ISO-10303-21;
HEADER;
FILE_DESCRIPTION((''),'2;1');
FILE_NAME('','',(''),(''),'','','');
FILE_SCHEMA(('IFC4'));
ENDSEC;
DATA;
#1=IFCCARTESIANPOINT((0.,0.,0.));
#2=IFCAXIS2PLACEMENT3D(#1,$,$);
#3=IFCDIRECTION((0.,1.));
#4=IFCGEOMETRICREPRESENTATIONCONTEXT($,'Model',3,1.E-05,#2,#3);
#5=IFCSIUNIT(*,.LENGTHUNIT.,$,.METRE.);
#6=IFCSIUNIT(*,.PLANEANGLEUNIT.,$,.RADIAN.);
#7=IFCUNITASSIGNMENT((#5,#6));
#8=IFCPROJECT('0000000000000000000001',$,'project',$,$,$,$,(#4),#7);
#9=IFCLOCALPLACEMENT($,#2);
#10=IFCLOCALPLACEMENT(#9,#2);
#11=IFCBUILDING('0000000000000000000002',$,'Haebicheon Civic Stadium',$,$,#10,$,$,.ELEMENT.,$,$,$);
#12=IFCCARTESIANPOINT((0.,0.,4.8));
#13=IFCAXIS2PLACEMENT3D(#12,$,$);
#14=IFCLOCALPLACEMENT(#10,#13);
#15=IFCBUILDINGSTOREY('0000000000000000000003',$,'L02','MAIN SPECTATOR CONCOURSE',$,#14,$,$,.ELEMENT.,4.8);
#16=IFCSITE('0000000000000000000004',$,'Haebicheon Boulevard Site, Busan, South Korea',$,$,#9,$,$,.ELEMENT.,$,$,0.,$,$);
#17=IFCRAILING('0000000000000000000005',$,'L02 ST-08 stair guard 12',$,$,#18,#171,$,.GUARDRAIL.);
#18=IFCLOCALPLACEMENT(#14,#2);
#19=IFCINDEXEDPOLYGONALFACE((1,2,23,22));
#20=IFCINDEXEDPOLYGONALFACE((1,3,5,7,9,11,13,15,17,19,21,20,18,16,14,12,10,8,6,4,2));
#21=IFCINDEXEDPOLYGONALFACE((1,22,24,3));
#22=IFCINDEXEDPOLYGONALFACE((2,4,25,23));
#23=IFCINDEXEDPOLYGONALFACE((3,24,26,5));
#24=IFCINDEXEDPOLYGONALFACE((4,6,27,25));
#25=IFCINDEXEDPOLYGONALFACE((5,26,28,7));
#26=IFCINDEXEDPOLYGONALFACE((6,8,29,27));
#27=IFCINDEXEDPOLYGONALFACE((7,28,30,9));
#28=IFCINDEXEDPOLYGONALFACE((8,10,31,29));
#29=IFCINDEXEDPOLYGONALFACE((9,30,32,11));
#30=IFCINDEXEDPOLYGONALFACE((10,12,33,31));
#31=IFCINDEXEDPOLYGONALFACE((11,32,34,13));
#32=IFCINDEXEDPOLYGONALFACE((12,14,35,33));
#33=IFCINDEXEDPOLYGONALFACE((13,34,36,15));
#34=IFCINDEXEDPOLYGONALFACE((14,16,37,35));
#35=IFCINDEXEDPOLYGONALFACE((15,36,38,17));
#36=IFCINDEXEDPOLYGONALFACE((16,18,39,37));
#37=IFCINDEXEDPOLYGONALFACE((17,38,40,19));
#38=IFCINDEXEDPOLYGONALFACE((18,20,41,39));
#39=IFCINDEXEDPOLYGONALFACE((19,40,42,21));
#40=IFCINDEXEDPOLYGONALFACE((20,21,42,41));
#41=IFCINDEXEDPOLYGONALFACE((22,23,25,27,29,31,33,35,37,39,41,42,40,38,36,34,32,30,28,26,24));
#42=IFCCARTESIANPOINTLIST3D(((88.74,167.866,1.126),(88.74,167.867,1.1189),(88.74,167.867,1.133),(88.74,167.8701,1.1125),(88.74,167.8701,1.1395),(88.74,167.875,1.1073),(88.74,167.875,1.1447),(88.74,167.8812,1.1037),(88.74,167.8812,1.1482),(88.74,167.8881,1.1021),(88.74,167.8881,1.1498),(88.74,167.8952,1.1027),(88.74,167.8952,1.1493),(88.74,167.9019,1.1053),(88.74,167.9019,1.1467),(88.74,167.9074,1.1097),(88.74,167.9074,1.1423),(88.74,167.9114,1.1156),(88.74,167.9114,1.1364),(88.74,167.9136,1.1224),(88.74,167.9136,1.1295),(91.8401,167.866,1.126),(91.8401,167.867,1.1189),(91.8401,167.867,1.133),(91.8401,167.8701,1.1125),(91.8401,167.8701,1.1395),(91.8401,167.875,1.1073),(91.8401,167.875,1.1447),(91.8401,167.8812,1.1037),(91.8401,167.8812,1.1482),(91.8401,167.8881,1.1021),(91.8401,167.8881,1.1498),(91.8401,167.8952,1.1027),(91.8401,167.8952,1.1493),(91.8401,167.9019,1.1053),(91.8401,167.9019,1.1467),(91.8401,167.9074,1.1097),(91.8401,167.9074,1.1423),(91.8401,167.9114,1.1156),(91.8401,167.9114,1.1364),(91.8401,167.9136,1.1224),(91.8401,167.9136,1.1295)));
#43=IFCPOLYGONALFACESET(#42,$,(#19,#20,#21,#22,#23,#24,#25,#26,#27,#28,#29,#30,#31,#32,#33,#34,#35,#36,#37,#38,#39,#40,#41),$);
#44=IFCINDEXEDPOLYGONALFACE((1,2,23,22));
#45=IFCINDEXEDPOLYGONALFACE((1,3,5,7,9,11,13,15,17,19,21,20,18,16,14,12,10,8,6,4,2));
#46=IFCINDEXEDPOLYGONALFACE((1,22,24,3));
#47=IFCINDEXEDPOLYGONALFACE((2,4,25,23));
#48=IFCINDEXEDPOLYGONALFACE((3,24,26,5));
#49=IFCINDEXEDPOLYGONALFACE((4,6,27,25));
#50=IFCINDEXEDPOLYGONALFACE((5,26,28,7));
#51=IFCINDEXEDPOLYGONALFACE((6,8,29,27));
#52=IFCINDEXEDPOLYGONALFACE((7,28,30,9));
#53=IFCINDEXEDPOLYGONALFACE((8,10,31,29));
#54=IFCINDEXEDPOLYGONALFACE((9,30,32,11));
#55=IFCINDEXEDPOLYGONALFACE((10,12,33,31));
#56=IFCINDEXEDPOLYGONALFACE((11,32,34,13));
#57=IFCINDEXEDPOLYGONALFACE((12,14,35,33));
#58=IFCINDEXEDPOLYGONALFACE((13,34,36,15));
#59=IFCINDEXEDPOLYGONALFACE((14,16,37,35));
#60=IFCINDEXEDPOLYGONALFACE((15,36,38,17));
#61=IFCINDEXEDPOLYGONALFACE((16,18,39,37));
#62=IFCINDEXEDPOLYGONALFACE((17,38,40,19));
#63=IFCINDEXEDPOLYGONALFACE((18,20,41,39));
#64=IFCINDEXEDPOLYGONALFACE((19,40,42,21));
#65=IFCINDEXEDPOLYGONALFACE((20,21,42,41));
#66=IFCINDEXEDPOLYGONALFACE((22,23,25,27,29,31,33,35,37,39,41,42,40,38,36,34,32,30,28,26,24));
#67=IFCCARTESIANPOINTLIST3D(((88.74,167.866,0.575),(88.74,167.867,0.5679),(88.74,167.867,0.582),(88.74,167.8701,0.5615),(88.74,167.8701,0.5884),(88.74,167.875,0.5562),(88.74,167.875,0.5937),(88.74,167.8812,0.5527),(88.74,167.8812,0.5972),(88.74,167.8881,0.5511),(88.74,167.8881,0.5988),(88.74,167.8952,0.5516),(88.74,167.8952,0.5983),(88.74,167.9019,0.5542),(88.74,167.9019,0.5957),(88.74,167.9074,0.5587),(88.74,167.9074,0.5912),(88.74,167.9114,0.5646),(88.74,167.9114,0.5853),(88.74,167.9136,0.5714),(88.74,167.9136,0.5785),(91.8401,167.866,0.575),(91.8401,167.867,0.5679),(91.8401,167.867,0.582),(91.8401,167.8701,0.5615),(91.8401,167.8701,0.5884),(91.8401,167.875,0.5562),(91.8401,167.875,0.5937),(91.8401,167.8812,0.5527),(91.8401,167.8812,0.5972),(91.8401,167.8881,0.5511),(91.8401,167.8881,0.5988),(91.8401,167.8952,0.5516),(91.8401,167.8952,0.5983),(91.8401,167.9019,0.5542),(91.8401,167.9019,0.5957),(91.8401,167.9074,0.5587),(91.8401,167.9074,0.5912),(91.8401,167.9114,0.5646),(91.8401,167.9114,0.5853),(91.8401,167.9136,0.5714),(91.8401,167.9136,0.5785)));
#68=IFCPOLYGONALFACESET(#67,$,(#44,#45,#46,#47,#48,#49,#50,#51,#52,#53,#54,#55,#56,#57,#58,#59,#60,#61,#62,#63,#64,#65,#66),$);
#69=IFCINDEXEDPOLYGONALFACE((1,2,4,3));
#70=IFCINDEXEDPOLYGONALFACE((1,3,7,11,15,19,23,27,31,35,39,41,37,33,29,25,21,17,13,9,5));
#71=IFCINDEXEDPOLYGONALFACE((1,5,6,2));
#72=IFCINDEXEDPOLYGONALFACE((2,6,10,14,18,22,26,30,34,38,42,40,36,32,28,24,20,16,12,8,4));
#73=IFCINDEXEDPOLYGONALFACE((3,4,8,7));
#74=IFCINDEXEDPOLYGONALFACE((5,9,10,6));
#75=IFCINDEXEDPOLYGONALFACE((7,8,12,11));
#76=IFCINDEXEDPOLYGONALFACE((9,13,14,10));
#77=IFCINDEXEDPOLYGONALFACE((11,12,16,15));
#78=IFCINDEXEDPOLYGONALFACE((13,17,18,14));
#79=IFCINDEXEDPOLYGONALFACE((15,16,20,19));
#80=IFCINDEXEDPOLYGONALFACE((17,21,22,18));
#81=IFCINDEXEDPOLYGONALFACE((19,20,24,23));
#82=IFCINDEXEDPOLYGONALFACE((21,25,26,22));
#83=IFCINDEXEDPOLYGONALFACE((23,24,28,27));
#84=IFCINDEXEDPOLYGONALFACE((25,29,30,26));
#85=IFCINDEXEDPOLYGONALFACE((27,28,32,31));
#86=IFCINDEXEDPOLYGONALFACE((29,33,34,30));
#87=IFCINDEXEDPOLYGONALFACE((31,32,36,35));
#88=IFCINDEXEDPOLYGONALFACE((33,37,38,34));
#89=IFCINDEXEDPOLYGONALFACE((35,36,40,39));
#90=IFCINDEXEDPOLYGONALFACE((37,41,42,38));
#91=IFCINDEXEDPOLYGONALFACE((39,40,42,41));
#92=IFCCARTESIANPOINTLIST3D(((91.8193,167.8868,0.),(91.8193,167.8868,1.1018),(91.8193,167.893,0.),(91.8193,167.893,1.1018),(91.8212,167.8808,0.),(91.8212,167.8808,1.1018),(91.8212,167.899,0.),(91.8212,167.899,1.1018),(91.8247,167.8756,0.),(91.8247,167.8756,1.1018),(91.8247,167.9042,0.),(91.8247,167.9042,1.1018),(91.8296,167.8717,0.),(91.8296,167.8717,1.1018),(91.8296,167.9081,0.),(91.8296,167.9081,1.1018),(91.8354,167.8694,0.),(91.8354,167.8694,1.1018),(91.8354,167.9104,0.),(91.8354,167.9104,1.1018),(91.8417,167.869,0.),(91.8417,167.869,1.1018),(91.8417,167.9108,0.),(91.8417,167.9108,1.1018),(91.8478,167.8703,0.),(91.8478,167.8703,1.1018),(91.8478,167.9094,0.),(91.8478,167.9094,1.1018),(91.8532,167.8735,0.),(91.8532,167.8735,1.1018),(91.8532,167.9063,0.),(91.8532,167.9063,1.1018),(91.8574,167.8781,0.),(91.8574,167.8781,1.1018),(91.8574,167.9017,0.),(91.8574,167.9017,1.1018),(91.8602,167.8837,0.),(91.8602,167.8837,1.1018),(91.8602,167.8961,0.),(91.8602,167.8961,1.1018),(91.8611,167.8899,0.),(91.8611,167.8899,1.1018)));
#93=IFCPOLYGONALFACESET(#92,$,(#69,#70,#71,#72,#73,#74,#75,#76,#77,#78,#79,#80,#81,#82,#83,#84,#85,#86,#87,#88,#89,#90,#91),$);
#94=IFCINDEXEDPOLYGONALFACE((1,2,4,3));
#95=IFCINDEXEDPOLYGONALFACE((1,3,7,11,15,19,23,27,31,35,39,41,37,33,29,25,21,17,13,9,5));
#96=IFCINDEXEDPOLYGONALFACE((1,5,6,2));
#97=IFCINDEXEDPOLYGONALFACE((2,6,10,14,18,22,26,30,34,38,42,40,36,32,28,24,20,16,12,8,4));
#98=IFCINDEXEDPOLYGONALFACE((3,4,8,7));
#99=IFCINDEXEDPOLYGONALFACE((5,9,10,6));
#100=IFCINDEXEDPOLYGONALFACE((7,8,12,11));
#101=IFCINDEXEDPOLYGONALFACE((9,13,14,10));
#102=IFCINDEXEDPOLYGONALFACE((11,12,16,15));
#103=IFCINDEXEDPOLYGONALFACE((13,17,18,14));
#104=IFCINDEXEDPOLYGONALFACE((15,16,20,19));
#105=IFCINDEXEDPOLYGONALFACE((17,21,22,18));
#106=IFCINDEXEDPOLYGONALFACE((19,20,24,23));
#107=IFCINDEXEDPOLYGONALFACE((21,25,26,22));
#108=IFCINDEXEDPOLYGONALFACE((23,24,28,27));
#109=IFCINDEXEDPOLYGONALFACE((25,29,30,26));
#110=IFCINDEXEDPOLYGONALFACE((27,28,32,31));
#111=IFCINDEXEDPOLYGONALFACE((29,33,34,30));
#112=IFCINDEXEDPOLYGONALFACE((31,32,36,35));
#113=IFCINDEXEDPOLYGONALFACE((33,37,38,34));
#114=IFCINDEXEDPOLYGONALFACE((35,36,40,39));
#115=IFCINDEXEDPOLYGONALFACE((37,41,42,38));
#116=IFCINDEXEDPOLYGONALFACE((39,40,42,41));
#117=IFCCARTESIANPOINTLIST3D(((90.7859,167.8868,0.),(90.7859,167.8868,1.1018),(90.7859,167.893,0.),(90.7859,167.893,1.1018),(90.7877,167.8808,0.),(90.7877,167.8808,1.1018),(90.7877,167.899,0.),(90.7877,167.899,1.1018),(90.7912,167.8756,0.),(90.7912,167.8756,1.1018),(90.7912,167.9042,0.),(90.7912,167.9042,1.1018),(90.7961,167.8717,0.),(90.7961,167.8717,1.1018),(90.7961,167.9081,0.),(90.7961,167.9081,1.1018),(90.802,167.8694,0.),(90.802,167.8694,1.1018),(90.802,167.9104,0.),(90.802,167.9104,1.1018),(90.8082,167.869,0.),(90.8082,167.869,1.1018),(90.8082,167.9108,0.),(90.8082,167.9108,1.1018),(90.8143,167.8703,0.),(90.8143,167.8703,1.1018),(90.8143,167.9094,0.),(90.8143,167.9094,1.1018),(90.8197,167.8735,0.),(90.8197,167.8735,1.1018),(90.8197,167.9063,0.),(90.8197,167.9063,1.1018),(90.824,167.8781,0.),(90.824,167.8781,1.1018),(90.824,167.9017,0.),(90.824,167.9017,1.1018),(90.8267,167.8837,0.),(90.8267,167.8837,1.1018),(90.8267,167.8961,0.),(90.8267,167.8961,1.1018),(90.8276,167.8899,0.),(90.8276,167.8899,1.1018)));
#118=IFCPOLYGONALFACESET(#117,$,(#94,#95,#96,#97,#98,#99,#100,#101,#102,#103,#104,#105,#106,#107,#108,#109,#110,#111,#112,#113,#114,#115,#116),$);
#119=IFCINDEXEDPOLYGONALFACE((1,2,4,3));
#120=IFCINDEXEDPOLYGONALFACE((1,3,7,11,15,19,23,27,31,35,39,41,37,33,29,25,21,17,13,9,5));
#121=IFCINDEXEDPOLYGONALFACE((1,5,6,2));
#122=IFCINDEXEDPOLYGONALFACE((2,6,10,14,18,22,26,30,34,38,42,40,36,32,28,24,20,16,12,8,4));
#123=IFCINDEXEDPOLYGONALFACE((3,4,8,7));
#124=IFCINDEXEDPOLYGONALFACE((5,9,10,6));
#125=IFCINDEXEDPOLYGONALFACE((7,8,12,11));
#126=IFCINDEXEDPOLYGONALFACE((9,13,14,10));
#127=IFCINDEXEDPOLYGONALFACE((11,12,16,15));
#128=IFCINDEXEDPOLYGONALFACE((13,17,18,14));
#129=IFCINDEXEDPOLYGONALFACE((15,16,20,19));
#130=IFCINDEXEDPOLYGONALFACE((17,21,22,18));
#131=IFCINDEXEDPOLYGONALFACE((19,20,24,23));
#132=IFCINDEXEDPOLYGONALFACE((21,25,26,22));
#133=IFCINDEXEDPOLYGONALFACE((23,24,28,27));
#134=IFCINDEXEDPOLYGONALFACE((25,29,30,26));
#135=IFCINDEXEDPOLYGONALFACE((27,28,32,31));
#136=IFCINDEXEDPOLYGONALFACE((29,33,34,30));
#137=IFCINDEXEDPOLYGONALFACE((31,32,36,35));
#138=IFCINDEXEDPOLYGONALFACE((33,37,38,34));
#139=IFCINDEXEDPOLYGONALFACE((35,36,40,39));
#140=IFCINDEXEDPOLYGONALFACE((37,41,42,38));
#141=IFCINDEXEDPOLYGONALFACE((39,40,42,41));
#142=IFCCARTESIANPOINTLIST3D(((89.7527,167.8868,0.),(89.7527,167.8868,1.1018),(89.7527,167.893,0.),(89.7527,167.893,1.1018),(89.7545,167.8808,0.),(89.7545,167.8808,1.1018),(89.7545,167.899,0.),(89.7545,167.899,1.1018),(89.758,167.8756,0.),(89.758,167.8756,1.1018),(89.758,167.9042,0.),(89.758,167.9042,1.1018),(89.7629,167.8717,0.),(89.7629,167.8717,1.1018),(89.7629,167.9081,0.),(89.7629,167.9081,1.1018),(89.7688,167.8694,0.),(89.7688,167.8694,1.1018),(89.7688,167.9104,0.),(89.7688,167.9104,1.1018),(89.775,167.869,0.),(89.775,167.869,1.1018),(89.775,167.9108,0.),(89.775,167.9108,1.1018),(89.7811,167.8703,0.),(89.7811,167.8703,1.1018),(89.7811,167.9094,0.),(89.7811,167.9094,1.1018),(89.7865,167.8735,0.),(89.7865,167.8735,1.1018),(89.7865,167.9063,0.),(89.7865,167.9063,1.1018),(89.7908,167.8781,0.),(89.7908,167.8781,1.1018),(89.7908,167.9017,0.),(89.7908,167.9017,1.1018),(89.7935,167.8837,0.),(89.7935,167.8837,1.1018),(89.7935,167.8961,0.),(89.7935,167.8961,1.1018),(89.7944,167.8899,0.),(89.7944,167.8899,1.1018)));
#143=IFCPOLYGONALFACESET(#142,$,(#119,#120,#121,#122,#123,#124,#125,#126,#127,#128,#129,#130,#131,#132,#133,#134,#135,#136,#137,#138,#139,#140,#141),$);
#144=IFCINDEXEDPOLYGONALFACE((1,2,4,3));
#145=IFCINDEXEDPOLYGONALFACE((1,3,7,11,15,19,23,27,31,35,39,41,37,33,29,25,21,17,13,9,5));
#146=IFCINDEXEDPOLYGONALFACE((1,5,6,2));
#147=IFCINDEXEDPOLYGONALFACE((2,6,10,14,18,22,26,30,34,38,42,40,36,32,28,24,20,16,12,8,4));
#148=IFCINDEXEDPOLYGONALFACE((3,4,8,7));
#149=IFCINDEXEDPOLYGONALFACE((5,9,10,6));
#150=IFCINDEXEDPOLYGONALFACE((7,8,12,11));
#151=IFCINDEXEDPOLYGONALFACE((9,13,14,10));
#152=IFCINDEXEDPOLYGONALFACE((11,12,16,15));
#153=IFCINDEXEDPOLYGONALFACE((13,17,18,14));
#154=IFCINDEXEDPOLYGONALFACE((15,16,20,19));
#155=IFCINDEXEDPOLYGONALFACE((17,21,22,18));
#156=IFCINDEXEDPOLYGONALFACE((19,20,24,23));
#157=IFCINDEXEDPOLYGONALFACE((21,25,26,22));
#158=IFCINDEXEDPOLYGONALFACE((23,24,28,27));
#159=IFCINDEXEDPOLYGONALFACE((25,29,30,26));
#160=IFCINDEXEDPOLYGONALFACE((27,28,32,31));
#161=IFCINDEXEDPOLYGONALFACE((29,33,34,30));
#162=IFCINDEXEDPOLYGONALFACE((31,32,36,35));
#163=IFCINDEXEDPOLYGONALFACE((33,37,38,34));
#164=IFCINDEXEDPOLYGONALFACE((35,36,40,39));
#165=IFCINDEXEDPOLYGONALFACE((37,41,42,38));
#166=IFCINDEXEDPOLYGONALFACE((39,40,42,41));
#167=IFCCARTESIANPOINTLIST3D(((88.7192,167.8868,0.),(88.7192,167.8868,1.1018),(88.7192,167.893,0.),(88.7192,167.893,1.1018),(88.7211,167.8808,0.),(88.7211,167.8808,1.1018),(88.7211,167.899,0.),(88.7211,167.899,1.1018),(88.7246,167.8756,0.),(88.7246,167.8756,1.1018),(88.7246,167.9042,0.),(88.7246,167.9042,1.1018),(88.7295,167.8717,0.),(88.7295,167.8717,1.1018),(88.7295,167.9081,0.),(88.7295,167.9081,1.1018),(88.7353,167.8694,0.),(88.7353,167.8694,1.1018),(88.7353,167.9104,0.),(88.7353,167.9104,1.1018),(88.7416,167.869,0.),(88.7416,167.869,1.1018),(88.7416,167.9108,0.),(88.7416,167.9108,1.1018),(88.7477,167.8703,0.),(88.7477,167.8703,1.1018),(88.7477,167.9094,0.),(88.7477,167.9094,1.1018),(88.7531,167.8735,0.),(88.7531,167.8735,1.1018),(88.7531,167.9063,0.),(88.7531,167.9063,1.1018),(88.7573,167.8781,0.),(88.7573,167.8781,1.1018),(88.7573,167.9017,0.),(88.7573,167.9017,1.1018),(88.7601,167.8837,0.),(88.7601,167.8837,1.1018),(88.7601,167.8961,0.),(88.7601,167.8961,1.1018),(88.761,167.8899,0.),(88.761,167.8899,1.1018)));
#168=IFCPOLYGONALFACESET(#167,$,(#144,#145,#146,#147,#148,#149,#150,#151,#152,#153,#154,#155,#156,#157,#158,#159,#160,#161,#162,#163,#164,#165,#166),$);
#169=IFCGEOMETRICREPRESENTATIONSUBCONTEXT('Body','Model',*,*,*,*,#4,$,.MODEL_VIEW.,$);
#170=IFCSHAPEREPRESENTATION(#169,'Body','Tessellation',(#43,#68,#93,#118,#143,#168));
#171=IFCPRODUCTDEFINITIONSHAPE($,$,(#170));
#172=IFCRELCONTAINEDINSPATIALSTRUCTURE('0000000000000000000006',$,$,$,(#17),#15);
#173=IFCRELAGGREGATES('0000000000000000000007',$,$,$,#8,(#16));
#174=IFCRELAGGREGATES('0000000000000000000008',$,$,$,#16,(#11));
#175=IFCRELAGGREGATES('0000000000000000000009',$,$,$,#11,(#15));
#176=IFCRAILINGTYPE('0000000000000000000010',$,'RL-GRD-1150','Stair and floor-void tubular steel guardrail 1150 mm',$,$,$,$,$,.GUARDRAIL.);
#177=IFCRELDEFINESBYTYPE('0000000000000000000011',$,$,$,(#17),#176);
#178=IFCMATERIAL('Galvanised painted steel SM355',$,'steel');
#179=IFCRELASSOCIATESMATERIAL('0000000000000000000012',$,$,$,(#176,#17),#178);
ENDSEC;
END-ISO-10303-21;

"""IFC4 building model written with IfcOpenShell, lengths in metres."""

from ifc_helpers import new_model, si_unit, direction, frame, origin, origin_2d, place, context, subcontext, project, spatial, circle, extrude, material, type_object, element, save


model = new_model("IFC4")

# Units and contexts
model_context = context("Model", 3, precision=1e-05, world=origin(), true_north=direction((0.0, 1.0)))
body_context = subcontext(model_context, "Body", "Model", "MODEL_VIEW")
ifc_project = project(units=[si_unit("LENGTHUNIT", "METRE"), si_unit("PLANEANGLEUNIT", "RADIAN")], contexts=[model_context])

# Site, building, storey
site_placement = place(None, origin())
site = spatial("IfcSite", under=ifc_project, at=site_placement, Name="Haebicheon Boulevard Site, Busan, South Korea", CompositionType="ELEMENT", RefElevation=0.0)
building_placement = place(site_placement, origin())
building = spatial("IfcBuilding", under=site, at=building_placement, Name="Haebicheon Civic Stadium", CompositionType="ELEMENT")
storey_placement = place(building_placement, frame((0.0, 0.0, 4.8)))
storey = spatial("IfcBuildingStorey", under=building, at=storey_placement, Name="L02", Description="MAIN SPECTATOR CONCOURSE", CompositionType="ELEMENT", Elevation=4.8)

# Railing
ifc_material_1 = material(Name="Galvanised painted steel SM355", Category="steel")
railing_type_1 = type_object("IfcRailingType", Name="RL-GRD-1150", Description="Stair and floor-void tubular steel guardrail 1150 mm", PredefinedType="GUARDRAIL", material=ifc_material_1)
railing_1_placement = place(storey_placement, frame((91.8401, 167.8899, 0.0)))
element("IfcRailing", 1, at=railing_1_placement, inside=storey, type_object=railing_type_1, material=ifc_material_1, Name="L02 ST-08 stair guard 12", PredefinedType="GUARDRAIL", context=body_context, shape_type="SweptSolid", body=[
    extrude(circle(Radius=0.0239, at=origin_2d()), frame((0.0, 0.0, 1.126), z_axis=(-1.0, 0.0, 0.0), x_axis=(0.0, -1.0, 0.0)), (0.0, 0.0, 1.0), 3.1001),
    extrude(circle(Radius=0.0239, at=origin_2d()), frame((0.0, 0.0, 0.575), z_axis=(-1.0, 0.0, 0.0), x_axis=(0.0, -1.0, 0.0)), (0.0, 0.0, 1.0), 3.1001),
    extrude(circle(Radius=0.021, at=origin_2d()), origin(), (0.0, 0.0, 1.0), 1.1018),
    extrude(circle(Radius=0.021, at=origin_2d()), frame((-1.0334, 0.0, 0.0)), (0.0, 0.0, 1.0), 1.1018),
    extrude(circle(Radius=0.021, at=origin_2d()), frame((-2.0667, 0.0, 0.0)), (0.0, 0.0, 1.0), 1.1018),
    extrude(circle(Radius=0.021, at=origin_2d()), frame((-3.1001, 0.0, 0.0)), (0.0, 0.0, 1.0), 1.1018),
])

save(model, "model.ifc")
